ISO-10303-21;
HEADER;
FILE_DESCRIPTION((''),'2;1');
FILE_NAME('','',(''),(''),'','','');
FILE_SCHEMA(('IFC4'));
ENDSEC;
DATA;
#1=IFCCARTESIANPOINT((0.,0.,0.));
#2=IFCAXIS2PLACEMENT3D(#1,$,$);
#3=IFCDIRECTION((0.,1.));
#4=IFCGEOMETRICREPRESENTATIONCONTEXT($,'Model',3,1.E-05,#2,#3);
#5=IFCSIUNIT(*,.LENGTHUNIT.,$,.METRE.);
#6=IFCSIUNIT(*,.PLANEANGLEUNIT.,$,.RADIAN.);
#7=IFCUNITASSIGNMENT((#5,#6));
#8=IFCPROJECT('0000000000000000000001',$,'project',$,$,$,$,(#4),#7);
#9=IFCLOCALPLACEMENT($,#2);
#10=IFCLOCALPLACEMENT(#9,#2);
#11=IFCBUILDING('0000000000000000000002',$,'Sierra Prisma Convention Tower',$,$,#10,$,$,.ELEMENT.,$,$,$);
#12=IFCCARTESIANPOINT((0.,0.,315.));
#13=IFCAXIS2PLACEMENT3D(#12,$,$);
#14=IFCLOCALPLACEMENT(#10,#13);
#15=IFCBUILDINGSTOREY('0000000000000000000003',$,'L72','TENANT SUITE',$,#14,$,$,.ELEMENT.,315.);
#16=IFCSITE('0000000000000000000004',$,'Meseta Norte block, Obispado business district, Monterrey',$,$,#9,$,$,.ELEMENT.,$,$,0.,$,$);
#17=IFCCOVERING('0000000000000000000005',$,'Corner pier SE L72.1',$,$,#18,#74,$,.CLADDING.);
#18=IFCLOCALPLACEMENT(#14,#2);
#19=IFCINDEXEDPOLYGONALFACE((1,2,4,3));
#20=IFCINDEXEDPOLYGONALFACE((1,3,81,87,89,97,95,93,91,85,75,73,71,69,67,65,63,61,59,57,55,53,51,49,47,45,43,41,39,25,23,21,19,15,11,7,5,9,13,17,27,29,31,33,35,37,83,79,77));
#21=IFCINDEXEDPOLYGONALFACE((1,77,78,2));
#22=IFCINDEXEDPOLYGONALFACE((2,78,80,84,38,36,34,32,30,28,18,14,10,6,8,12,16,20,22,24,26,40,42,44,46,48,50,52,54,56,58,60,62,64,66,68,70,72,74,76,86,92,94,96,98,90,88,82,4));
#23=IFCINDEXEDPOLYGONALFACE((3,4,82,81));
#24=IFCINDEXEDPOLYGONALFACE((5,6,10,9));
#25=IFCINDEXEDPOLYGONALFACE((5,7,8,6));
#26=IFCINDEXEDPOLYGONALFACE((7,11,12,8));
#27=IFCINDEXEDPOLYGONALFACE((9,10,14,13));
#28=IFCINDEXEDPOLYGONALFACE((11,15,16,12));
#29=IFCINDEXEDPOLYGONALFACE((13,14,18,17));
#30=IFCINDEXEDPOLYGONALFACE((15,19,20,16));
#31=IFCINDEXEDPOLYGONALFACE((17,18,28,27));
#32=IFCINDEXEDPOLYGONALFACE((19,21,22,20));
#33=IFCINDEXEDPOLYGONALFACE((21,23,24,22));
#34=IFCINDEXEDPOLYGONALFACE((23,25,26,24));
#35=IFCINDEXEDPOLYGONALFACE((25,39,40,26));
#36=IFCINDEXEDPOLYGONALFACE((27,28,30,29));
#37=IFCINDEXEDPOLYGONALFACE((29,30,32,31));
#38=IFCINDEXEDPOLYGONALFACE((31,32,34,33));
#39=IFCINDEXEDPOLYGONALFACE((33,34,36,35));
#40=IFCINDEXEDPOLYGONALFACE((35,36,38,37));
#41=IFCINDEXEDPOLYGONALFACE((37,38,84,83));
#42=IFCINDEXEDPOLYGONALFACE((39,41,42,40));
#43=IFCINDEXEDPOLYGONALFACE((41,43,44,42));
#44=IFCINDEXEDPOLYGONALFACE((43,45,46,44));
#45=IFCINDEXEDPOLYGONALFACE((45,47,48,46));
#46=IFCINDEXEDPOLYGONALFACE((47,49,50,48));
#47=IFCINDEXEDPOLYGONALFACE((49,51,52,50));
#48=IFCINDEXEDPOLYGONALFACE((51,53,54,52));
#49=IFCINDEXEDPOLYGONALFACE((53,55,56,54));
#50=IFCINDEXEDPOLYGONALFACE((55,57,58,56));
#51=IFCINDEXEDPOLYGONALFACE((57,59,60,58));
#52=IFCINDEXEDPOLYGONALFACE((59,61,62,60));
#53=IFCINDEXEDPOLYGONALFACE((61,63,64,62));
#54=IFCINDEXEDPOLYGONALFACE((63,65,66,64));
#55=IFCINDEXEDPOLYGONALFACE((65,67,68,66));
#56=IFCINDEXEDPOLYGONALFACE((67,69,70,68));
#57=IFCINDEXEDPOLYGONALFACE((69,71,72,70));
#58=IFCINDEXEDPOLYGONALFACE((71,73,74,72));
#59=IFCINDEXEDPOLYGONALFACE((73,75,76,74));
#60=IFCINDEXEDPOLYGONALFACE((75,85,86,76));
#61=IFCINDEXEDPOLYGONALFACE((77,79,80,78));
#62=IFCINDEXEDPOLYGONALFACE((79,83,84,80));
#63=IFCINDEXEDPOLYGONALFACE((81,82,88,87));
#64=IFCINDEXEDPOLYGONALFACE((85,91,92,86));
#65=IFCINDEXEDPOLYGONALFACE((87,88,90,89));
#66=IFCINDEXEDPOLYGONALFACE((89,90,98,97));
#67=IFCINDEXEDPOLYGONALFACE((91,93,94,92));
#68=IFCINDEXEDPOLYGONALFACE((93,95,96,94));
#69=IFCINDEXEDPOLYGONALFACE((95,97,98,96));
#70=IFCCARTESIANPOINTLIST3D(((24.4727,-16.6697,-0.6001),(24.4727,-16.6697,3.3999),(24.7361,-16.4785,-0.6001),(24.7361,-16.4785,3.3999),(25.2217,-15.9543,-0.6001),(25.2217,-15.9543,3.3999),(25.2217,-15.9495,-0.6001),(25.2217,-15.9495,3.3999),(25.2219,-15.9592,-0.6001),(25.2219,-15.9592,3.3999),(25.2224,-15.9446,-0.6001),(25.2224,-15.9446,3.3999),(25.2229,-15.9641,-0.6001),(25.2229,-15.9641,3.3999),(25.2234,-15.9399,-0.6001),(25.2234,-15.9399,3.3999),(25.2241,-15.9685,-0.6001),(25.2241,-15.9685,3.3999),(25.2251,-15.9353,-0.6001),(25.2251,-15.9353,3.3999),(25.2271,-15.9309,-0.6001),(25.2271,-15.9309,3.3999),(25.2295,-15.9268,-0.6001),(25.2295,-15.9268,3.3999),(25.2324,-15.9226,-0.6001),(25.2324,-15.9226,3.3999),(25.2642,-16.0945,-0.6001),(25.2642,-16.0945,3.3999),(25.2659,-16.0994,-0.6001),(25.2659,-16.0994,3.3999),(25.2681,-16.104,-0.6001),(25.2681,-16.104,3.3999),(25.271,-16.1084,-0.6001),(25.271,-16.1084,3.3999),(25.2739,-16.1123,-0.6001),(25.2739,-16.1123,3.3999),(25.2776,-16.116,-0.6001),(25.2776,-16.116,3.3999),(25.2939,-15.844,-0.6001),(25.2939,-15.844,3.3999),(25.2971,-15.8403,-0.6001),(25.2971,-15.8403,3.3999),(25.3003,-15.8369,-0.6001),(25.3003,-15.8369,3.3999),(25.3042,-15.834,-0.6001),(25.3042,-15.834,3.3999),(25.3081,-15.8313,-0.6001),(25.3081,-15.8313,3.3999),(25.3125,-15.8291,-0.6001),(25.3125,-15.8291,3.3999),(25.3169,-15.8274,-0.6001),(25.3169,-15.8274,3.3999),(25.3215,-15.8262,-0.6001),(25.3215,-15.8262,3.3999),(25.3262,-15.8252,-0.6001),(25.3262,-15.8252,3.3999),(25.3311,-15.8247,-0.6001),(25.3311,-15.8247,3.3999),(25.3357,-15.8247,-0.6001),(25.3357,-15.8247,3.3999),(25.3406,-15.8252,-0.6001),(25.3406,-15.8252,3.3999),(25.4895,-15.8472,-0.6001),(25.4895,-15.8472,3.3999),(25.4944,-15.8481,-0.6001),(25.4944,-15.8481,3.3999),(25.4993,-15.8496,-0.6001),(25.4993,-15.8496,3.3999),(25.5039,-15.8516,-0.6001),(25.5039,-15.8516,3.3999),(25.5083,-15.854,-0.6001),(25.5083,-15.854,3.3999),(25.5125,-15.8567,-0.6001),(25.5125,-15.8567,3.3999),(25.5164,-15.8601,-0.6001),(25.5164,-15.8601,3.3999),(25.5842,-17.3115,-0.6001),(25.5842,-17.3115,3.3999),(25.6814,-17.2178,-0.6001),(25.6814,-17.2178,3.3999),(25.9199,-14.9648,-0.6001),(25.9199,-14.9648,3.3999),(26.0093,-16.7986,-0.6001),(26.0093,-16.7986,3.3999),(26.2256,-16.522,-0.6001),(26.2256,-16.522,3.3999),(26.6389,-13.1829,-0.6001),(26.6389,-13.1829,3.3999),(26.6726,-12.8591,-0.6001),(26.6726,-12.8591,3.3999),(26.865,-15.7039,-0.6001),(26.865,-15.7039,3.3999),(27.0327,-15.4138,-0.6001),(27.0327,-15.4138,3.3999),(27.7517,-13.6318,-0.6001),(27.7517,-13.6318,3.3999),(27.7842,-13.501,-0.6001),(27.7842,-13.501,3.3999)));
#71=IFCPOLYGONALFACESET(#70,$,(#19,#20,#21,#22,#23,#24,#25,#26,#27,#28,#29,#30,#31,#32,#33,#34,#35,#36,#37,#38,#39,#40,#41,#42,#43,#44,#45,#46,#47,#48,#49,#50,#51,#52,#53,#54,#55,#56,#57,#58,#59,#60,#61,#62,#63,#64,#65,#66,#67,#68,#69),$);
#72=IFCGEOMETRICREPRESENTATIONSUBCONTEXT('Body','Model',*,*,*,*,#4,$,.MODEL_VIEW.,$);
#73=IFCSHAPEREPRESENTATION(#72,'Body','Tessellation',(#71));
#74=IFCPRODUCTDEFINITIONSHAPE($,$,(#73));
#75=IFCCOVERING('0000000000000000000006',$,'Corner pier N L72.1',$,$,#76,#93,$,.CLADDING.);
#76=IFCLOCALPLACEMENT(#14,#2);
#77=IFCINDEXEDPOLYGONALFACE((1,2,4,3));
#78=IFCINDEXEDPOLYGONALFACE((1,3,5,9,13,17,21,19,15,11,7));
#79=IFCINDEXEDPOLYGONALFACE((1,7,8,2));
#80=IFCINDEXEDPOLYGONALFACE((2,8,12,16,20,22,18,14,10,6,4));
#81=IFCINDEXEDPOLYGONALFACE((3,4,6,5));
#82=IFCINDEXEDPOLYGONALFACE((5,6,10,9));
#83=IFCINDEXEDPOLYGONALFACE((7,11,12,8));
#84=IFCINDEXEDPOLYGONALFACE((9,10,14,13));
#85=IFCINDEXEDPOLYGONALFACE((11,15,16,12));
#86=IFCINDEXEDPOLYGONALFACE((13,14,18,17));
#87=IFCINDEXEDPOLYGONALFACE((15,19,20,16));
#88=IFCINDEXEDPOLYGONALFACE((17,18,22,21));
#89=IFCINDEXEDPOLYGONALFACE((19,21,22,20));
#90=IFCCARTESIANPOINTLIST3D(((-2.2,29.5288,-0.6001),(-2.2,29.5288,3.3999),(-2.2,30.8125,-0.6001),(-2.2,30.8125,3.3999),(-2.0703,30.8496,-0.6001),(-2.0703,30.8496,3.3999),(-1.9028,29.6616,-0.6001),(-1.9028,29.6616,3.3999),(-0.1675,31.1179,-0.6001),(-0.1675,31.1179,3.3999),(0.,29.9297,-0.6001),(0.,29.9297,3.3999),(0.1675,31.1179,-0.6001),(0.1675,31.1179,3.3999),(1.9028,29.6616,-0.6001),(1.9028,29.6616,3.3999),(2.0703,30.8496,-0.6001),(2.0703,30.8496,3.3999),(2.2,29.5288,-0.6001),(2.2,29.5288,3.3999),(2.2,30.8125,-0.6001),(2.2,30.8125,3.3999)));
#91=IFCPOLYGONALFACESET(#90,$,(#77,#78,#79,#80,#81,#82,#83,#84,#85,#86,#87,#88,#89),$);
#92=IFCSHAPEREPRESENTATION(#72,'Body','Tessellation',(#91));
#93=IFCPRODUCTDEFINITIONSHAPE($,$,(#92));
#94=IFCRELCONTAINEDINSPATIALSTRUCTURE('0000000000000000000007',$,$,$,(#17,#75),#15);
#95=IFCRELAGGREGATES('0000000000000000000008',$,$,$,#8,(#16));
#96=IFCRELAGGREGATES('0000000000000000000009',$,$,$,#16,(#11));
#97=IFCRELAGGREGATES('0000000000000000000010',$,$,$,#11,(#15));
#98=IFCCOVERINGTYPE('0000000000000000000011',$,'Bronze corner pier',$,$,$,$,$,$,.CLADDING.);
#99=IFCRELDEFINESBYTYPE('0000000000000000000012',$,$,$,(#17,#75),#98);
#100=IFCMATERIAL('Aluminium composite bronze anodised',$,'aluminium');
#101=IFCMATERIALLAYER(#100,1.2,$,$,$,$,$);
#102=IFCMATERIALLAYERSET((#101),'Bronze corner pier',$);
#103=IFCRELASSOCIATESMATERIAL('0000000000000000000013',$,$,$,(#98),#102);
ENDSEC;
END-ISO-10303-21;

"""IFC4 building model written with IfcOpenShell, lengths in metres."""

from ifc_helpers import new_model, si_unit, direction, frame, origin, place, context, subcontext, project, spatial, polyline, outline, extrude, material, layer, layer_set, type_object, element, save


model = new_model("IFC4")

# Units and contexts
model_context = context("Model", 3, precision=1e-05, world=origin(), true_north=direction((0.0, 1.0)))
body_context = subcontext(model_context, "Body", "Model", "MODEL_VIEW")
ifc_project = project(units=[si_unit("LENGTHUNIT", "METRE"), si_unit("PLANEANGLEUNIT", "RADIAN")], contexts=[model_context])

# Site, building, storey
site_placement = place(None, origin())
site = spatial("IfcSite", under=ifc_project, at=site_placement, Name="Meseta Norte block, Obispado business district, Monterrey", CompositionType="ELEMENT", RefElevation=0.0)
building_placement = place(site_placement, origin())
building = spatial("IfcBuilding", under=site, at=building_placement, Name="Sierra Prisma Convention Tower", CompositionType="ELEMENT")
storey_placement = place(building_placement, frame((0.0, 0.0, 315.0)))
storey = spatial("IfcBuildingStorey", under=building, at=storey_placement, Name="L72", Description="TENANT SUITE", CompositionType="ELEMENT", Elevation=315.0)

# Coverings
ifc_material_1 = material(Name="Aluminium composite bronze anodised", Category="aluminium")
ifc_layer_1 = layer(ifc_material_1, 1.2)
ifc_layer_set_1 = layer_set([ifc_layer_1], Name="Bronze corner pier")
covering_type_1 = type_object("IfcCoveringType", Name="Bronze corner pier", PredefinedType="CLADDING", material=ifc_layer_set_1)
covering_1_placement = place(storey_placement, frame((0.0, 0.0, -0.6001)))
element("IfcCovering", 1, at=covering_1_placement, inside=storey, type_object=covering_type_1, Name="Corner pier SE L72.1", PredefinedType="CLADDING", context=body_context, shape_type="SweptSolid", body=[
    extrude(outline(polyline([(25.5125, -15.8567), (25.5083, -15.854), (25.5039, -15.8516), (25.4993, -15.8496), (25.4944, -15.8481), (25.4895, -15.8472), (25.3406, -15.8252), (25.3357, -15.8247), (25.3311, -15.8247), (25.3262, -15.8252), (25.3215, -15.8262), (25.3169, -15.8274), (25.3125, -15.8291), (25.3081, -15.8313), (25.3042, -15.834), (25.3003, -15.8369), (25.2971, -15.8403), (25.2939, -15.844), (25.2324, -15.9226), (25.2295, -15.9268), (25.2271, -15.9309), (25.2251, -15.9353), (25.2234, -15.9399), (25.2224, -15.9446), (25.2217, -15.9495), (25.2217, -15.9543), (25.2219, -15.9592), (25.2229, -15.9641), (25.2241, -15.9685), (25.2642, -16.0945), (25.2659, -16.0994), (25.2681, -16.104), (25.271, -16.1084), (25.2739, -16.1123), (25.2776, -16.116), (26.0093, -16.7986), (25.6814, -17.2178), (25.5842, -17.3115), (24.4727, -16.6697), (24.7361, -16.4785), (25.9199, -14.9648), (26.6389, -13.1829), (26.6726, -12.8591), (27.7842, -13.501), (27.7517, -13.6318), (27.0327, -15.4138), (26.865, -15.7039), (26.2256, -16.522), (25.5164, -15.8601), (25.5125, -15.8567)])), origin(), (0.0, 0.0, 1.0), 4.0),
])
covering_2_placement = place(storey_placement, frame((0.0, 0.0, -0.6001)))
element("IfcCovering", 2, at=covering_2_placement, inside=storey, type_object=covering_type_1, Name="Corner pier N L72.1", PredefinedType="CLADDING", context=body_context, shape_type="SweptSolid", body=[
    extrude(outline(polyline([(2.2, 29.5288), (1.9028, 29.6616), (0.0, 29.9297), (-1.9028, 29.6616), (-2.2, 29.5288), (-2.2, 30.8125), (-2.0703, 30.8496), (-0.1675, 31.1179), (0.1675, 31.1179), (2.0703, 30.8496), (2.2, 30.8125), (2.2, 29.5288)])), origin(), (0.0, 0.0, 1.0), 4.0),
])

save(model, "model.ifc")
